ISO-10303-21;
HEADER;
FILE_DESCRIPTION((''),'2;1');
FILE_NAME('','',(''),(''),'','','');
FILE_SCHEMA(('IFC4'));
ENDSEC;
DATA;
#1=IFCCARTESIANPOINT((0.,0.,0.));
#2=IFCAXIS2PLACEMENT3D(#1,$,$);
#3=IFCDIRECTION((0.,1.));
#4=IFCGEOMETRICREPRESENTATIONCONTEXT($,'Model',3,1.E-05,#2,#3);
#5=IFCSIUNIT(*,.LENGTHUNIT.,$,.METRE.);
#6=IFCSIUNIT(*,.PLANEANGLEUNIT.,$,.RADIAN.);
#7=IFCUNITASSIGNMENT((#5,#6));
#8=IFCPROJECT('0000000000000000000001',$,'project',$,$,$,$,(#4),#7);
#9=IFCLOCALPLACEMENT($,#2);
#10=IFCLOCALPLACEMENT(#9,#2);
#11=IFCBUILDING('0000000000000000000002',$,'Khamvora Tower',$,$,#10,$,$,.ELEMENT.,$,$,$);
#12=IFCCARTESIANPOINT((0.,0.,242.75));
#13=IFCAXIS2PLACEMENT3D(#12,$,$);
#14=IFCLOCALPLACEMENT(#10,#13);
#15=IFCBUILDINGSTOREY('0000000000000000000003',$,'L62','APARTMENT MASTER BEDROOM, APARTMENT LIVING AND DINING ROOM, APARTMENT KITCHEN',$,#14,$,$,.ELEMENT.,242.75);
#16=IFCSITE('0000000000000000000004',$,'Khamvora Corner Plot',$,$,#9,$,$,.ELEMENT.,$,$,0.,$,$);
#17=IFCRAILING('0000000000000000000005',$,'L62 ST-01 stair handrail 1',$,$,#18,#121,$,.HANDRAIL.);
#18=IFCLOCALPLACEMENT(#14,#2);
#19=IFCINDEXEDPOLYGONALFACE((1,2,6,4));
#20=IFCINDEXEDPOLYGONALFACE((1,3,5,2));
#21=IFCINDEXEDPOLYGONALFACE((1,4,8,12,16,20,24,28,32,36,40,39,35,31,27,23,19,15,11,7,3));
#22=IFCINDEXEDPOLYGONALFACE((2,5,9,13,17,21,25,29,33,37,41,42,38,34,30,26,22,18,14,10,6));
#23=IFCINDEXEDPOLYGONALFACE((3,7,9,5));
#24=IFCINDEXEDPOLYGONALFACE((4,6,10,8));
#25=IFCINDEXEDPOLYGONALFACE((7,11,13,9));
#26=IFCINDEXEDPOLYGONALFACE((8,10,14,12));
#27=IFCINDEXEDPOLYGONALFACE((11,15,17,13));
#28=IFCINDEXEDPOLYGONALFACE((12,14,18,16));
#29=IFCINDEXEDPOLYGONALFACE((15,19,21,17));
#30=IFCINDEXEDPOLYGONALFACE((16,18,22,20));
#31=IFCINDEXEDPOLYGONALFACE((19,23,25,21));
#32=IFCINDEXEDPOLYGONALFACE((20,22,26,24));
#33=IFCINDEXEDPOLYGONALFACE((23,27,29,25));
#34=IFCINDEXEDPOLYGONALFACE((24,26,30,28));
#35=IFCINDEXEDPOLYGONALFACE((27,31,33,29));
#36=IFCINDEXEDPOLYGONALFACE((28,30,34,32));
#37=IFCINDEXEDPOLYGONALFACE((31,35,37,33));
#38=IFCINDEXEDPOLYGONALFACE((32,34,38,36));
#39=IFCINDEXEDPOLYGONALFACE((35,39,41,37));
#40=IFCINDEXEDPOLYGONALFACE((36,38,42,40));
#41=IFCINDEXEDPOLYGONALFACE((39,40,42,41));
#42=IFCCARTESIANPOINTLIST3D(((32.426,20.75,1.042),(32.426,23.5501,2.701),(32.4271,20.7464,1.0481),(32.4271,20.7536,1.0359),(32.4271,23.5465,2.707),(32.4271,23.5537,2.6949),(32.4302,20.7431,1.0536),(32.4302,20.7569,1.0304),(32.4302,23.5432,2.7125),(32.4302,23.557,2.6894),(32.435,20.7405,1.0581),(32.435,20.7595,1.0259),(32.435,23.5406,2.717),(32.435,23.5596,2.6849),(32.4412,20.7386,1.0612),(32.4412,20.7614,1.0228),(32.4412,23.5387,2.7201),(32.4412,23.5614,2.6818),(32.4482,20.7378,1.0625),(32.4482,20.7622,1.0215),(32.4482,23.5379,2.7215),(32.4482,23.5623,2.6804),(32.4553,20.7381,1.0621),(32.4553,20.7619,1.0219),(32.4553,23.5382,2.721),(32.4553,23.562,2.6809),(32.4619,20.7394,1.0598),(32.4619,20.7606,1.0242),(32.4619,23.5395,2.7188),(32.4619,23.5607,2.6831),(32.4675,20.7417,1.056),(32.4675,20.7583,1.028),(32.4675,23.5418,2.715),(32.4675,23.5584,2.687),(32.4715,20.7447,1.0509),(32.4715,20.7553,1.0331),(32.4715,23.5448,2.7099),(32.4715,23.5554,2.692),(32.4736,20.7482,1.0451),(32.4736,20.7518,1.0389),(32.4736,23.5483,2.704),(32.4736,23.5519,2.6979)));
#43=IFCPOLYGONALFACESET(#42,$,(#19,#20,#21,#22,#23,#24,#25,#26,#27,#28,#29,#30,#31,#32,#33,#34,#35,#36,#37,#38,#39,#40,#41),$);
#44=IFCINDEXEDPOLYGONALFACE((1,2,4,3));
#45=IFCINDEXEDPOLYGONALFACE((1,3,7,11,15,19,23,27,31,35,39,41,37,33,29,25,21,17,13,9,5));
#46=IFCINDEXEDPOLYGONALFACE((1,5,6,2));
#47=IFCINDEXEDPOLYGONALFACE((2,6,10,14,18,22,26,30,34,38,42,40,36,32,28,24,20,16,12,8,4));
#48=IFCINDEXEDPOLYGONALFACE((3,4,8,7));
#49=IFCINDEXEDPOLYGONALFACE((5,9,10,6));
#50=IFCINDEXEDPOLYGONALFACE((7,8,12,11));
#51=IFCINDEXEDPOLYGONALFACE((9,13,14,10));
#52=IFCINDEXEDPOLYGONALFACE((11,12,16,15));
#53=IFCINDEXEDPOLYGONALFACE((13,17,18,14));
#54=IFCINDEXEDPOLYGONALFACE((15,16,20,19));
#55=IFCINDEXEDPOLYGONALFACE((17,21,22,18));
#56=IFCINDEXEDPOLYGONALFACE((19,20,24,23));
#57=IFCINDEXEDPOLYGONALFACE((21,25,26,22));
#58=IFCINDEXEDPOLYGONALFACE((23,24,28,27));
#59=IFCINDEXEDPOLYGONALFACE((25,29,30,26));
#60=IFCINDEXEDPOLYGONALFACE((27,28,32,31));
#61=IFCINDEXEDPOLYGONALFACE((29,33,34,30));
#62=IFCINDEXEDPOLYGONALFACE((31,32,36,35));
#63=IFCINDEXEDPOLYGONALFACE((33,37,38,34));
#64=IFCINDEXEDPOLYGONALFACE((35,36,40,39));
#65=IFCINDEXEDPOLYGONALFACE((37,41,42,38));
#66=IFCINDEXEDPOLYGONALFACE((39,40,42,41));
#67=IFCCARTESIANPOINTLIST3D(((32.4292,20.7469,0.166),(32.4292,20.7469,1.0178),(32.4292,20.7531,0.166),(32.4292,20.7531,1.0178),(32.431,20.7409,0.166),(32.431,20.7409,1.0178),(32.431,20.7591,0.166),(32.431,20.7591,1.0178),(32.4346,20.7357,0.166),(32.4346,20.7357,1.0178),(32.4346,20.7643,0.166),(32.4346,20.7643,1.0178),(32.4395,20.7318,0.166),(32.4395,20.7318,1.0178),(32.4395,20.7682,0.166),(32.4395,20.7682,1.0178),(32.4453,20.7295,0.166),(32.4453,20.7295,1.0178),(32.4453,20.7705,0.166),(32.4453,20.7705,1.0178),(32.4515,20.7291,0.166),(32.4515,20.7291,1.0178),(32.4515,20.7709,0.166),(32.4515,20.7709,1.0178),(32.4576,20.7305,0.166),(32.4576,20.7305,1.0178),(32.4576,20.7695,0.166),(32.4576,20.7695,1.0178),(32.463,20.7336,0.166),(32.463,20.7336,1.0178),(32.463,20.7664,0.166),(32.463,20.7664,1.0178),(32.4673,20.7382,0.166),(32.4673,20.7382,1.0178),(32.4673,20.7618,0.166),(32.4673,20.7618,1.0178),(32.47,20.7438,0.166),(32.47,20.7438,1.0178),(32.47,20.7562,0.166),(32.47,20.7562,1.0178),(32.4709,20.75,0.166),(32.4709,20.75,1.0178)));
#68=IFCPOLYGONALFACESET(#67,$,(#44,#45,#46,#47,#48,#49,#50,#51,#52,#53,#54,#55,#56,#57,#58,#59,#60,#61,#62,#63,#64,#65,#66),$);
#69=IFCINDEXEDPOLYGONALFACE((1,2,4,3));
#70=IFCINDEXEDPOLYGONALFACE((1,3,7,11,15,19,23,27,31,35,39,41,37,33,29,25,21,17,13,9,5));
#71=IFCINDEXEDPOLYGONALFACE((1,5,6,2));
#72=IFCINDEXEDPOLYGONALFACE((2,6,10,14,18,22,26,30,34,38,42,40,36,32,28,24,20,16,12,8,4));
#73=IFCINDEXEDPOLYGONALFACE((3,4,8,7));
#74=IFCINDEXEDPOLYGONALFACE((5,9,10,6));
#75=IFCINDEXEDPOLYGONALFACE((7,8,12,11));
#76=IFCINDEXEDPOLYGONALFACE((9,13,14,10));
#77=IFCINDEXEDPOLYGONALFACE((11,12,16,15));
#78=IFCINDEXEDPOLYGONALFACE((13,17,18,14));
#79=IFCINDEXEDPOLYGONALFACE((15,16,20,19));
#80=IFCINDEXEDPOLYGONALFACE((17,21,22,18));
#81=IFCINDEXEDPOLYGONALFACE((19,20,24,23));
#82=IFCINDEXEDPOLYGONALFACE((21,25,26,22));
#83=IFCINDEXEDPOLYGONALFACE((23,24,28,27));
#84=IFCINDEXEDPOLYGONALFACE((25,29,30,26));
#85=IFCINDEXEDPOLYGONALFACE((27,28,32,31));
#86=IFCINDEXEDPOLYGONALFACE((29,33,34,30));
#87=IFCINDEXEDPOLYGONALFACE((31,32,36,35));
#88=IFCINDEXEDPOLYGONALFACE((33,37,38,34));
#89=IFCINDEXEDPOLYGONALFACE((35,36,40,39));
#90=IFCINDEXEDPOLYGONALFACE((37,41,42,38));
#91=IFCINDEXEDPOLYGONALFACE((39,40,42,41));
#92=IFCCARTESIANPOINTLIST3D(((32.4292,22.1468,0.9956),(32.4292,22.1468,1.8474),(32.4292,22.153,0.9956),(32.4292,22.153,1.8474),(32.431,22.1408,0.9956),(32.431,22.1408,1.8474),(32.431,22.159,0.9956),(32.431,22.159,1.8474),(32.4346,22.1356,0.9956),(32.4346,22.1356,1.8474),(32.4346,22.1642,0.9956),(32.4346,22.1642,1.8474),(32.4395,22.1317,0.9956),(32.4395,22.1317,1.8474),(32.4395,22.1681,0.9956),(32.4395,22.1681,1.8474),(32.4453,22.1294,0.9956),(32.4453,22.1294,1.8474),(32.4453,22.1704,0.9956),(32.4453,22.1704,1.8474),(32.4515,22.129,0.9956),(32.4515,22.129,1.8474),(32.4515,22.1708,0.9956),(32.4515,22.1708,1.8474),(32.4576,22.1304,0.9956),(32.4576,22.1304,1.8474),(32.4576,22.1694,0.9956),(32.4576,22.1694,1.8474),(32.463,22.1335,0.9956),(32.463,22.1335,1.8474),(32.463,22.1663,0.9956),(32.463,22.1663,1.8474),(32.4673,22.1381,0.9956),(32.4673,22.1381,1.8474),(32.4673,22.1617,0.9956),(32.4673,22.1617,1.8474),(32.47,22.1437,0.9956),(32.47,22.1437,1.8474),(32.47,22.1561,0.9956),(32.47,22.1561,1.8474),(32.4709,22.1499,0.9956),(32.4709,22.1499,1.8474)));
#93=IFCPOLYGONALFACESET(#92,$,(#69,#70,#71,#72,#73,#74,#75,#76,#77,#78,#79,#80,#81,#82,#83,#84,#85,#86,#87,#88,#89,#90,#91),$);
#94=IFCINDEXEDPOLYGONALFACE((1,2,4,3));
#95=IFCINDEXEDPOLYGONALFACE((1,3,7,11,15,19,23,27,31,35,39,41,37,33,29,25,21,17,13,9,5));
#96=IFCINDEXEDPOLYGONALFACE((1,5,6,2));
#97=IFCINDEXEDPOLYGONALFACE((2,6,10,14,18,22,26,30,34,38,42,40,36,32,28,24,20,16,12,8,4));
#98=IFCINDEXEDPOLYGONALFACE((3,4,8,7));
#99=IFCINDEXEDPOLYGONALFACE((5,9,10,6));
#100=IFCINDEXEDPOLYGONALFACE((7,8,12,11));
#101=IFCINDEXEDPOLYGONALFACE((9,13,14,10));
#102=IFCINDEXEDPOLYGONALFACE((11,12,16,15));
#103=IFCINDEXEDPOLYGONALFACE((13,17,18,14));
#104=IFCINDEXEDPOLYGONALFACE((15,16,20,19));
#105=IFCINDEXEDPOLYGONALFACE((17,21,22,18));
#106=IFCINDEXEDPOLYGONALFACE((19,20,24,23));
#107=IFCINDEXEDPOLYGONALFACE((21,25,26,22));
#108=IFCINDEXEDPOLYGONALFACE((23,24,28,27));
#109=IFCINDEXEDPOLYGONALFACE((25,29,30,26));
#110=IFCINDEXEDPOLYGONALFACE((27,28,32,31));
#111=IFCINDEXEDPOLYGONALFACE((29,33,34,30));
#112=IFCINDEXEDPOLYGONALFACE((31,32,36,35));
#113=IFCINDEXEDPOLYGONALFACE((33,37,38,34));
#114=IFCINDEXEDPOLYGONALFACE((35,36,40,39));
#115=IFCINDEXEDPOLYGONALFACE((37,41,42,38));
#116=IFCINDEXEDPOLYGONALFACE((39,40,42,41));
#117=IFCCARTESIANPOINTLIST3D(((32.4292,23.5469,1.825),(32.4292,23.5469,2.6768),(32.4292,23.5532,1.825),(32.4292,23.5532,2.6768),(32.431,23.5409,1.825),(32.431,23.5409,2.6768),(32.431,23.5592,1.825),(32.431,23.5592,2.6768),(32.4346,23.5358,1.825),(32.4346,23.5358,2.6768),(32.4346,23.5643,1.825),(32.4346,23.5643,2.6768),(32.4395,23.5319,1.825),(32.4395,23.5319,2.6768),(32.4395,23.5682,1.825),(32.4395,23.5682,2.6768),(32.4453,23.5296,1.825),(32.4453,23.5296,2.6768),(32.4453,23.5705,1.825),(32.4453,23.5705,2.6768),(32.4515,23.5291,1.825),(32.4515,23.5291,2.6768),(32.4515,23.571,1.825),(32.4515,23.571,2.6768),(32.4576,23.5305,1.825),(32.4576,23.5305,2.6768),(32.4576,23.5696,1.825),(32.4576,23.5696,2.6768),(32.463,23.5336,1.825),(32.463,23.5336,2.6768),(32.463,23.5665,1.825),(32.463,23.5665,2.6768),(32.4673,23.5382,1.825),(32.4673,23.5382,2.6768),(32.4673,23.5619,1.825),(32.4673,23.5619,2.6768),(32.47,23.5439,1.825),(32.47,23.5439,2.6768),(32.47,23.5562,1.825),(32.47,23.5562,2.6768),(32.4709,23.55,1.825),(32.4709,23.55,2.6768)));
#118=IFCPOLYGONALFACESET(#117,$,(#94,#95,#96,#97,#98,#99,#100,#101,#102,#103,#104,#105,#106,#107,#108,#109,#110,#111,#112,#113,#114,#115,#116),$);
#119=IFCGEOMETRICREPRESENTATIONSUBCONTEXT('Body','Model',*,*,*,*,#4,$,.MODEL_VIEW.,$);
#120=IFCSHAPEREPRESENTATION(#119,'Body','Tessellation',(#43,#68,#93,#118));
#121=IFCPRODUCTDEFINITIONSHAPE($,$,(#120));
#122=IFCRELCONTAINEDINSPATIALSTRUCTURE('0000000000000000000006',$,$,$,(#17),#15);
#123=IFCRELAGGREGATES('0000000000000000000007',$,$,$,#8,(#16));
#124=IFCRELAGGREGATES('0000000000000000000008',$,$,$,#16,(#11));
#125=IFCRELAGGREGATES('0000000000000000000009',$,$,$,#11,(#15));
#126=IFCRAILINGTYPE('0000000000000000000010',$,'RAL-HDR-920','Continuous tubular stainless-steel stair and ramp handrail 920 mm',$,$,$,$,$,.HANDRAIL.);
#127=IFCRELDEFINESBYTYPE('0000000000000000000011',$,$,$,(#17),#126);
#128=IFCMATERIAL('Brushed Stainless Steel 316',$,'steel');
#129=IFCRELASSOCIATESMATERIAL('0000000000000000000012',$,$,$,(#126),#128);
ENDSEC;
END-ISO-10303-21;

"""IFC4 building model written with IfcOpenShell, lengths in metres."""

from ifc_helpers import new_model, si_unit, direction, frame, origin, origin_2d, place, context, subcontext, project, spatial, circle, extrude, material, type_object, element, save


model = new_model("IFC4")

# Units and contexts
model_context = context("Model", 3, precision=1e-05, world=origin(), true_north=direction((0.0, 1.0)))
body_context = subcontext(model_context, "Body", "Model", "MODEL_VIEW")
ifc_project = project(units=[si_unit("LENGTHUNIT", "METRE"), si_unit("PLANEANGLEUNIT", "RADIAN")], contexts=[model_context])

# Site, building, storey
site_placement = place(None, origin())
site = spatial("IfcSite", under=ifc_project, at=site_placement, Name="Khamvora Corner Plot", CompositionType="ELEMENT", RefElevation=0.0)
building_placement = place(site_placement, origin())
building = spatial("IfcBuilding", under=site, at=building_placement, Name="Khamvora Tower", CompositionType="ELEMENT")
storey_placement = place(building_placement, frame((0.0, 0.0, 242.75)))
storey = spatial("IfcBuildingStorey", under=building, at=storey_placement, Name="L62", Description="APARTMENT MASTER BEDROOM, APARTMENT LIVING AND DINING ROOM, APARTMENT KITCHEN", CompositionType="ELEMENT", Elevation=242.75)

# Railing
ifc_material_1 = material(Name="Brushed Stainless Steel 316", Category="steel")
railing_type_1 = type_object("IfcRailingType", Name="RAL-HDR-920", Description="Continuous tubular stainless-steel stair and ramp handrail 920 mm", PredefinedType="HANDRAIL", material=ifc_material_1)
railing_1_placement = place(storey_placement, frame((32.45, 20.75, 0.166)))
element("IfcRailing", 1, at=railing_1_placement, inside=storey, type_object=railing_type_1, Name="L62 ST-01 stair handrail 1", PredefinedType="HANDRAIL", context=body_context, shape_type="SweptSolid", body=[
    extrude(circle(Radius=0.0239, at=origin_2d()), frame((0.0, 0.0, 0.876), z_axis=(0.0, 0.860339, 0.509722), x_axis=(-1.0, 0.0, 0.0)), (0.0, 0.0, 1.0), 3.2546),
    extrude(circle(Radius=0.021, at=origin_2d()), origin(), (0.0, 0.0, 1.0), 0.8518),
    extrude(circle(Radius=0.021, at=origin_2d()), frame((0.0, 1.3999, 0.8296)), (0.0, 0.0, 1.0), 0.8518),
    extrude(circle(Radius=0.021, at=origin_2d()), frame((0.0, 2.8, 1.6589)), (0.0, 0.0, 1.0), 0.8518),
])

save(model, "model.ifc")
